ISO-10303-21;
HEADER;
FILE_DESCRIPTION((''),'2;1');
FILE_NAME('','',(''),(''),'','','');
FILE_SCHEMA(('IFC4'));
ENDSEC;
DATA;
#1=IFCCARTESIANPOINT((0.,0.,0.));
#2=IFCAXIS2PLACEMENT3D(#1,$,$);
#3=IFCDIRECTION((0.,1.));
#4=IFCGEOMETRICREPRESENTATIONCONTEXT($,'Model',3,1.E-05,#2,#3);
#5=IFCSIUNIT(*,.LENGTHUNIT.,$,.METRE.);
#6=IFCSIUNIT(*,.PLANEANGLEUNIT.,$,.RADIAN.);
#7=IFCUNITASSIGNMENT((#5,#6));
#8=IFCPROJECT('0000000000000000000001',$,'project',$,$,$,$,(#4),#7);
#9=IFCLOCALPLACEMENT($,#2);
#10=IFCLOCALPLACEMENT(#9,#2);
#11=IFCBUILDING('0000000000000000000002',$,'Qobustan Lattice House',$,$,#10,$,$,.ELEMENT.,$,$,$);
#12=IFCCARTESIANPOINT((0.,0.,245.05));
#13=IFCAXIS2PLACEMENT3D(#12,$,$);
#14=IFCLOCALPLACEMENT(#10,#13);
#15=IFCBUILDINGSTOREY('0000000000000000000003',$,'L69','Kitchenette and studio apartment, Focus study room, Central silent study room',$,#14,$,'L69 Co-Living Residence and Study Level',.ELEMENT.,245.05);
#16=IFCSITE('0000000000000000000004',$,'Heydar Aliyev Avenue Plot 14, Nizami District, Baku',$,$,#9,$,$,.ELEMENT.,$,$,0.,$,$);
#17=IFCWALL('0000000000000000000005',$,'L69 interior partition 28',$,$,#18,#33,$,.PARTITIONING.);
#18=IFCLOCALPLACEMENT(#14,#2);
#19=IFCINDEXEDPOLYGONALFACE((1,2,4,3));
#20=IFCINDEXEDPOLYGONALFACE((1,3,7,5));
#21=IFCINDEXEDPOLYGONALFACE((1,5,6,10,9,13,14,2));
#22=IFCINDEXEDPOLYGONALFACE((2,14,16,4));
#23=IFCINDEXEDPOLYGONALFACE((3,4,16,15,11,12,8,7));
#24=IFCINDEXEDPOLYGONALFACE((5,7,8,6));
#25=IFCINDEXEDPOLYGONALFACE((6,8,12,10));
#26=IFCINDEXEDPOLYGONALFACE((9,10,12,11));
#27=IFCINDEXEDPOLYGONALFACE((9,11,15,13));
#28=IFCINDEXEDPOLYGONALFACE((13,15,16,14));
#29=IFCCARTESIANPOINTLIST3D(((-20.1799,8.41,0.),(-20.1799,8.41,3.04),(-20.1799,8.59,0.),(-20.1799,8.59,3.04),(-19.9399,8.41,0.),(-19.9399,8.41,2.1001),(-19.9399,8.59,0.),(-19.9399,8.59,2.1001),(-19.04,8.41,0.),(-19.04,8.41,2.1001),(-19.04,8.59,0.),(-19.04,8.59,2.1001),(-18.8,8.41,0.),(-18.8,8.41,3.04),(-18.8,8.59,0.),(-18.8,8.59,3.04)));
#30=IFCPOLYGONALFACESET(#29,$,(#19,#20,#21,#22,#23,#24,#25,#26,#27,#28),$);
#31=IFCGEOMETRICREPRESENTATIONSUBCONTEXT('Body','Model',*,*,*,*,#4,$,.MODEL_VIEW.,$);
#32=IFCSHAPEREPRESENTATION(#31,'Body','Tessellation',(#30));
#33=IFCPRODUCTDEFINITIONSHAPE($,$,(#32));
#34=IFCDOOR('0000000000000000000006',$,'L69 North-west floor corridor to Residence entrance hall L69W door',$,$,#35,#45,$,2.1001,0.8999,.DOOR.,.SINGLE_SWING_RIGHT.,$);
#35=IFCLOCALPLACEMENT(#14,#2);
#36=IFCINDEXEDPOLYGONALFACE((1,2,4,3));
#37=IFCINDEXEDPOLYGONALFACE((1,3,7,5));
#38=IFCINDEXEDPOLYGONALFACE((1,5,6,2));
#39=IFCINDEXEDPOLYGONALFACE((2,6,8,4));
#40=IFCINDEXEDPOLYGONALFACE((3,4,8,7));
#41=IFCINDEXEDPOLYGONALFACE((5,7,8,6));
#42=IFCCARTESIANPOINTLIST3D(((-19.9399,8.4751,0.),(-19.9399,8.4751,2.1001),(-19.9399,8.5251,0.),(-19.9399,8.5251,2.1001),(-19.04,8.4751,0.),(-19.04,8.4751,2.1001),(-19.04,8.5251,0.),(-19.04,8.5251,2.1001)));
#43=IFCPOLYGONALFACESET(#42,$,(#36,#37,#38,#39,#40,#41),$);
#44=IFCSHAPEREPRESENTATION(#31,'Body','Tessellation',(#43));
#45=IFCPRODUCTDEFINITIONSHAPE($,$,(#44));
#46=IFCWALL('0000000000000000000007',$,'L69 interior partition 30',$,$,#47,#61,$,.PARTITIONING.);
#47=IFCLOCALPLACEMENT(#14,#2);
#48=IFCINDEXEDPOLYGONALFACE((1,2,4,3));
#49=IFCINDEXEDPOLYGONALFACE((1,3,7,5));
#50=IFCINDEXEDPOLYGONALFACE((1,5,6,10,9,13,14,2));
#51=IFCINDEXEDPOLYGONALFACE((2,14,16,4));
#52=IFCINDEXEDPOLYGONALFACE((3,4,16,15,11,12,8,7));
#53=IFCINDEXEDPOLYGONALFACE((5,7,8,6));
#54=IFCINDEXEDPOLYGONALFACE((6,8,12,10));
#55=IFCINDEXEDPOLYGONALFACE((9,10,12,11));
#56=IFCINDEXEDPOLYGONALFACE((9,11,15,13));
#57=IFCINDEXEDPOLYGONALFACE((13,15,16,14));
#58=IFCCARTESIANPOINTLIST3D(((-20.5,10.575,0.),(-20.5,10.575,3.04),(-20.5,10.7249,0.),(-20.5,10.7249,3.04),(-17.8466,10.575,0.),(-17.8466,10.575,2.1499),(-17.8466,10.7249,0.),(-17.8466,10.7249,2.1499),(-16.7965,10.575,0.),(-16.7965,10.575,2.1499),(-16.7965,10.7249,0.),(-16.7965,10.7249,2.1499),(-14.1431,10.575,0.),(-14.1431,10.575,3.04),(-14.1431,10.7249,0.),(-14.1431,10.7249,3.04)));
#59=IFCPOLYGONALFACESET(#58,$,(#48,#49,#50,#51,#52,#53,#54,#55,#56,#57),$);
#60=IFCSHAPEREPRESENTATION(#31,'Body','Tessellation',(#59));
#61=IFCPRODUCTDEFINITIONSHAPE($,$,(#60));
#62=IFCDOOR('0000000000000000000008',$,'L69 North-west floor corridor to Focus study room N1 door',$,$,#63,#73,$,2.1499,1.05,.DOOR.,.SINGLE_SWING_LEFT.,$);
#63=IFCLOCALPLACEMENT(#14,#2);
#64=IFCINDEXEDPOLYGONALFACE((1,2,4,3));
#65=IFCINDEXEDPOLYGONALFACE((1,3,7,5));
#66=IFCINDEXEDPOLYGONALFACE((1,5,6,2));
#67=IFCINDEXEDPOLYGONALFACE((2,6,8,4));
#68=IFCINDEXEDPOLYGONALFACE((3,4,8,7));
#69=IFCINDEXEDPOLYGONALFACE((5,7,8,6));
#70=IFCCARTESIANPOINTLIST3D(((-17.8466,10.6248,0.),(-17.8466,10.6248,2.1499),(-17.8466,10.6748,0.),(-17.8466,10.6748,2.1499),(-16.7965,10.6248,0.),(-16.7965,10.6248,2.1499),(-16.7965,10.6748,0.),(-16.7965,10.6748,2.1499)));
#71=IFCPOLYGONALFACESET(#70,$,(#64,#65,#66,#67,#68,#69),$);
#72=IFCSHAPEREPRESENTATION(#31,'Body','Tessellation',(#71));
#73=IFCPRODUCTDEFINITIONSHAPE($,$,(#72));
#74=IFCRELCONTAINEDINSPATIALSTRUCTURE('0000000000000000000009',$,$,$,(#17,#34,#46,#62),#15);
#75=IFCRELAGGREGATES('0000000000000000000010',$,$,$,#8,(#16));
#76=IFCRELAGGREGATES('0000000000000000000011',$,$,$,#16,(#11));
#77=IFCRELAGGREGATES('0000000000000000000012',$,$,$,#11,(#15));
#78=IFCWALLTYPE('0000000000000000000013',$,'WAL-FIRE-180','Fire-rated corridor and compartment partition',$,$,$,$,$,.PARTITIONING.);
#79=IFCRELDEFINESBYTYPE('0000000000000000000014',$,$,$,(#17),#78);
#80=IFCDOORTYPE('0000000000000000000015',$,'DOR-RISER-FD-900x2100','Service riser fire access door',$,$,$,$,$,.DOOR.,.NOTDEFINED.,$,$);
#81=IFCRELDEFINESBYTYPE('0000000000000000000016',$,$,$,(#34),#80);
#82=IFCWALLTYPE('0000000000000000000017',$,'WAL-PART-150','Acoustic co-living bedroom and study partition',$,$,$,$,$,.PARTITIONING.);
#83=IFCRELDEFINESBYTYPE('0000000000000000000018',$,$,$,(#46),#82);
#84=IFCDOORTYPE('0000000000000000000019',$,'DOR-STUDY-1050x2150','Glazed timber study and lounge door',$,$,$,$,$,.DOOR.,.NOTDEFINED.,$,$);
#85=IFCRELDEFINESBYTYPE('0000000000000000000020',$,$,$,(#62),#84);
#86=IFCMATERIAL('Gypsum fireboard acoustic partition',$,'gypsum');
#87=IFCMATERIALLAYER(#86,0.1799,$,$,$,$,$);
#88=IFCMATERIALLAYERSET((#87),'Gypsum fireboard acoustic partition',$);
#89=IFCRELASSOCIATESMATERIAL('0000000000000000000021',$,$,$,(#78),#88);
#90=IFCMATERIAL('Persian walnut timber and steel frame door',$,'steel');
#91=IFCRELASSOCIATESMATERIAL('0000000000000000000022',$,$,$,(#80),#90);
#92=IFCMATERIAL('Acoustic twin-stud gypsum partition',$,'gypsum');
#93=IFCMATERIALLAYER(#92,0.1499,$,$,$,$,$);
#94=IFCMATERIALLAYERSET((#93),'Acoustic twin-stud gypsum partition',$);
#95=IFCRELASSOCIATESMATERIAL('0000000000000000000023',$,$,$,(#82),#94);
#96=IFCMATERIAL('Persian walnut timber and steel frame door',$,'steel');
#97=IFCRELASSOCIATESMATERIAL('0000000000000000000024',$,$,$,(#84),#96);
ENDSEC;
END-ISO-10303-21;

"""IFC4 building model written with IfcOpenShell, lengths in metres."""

from ifc_helpers import new_model, si_unit, direction, frame, frame_2d, origin, place, context, subcontext, project, spatial, rectangle, extrude, material, layer, layer_set, type_object, element, fill, save


model = new_model("IFC4")

# Units and contexts
model_context = context("Model", 3, precision=1e-05, world=origin(), true_north=direction((0.0, 1.0)))
body_context = subcontext(model_context, "Body", "Model", "MODEL_VIEW")
ifc_project = project(units=[si_unit("LENGTHUNIT", "METRE"), si_unit("PLANEANGLEUNIT", "RADIAN")], contexts=[model_context])

# Site, building, storey
site_placement = place(None, origin())
site = spatial("IfcSite", under=ifc_project, at=site_placement, Name="Heydar Aliyev Avenue Plot 14, Nizami District, Baku", CompositionType="ELEMENT", RefElevation=0.0)
building_placement = place(site_placement, origin())
building = spatial("IfcBuilding", under=site, at=building_placement, Name="Qobustan Lattice House", CompositionType="ELEMENT")
storey_placement = place(building_placement, frame((0.0, 0.0, 245.05)))
storey = spatial("IfcBuildingStorey", under=building, at=storey_placement, Name="L69", Description="Kitchenette and studio apartment, Focus study room, Central silent study room", LongName="L69 Co-Living Residence and Study Level", CompositionType="ELEMENT", Elevation=245.05)

# Walls, openings, doors
ifc_material_1 = material(Name="Gypsum fireboard acoustic partition", Category="gypsum")
ifc_layer_1 = layer(ifc_material_1, 0.1799)
ifc_layer_set_1 = layer_set([ifc_layer_1], Name="Gypsum fireboard acoustic partition")
wall_type_1 = type_object("IfcWallType", Name="WAL-FIRE-180", Description="Fire-rated corridor and compartment partition", PredefinedType="PARTITIONING", material=ifc_layer_set_1)
wall_1_placement = place(storey_placement, frame((-18.8, 8.5, 0.0), z_axis=(0.0, 0.0, 1.0), x_axis=(-1.0, 0.0, 0.0)))
wall_1 = element("IfcWall", 1, at=wall_1_placement, inside=storey, type_object=wall_type_1, Name="L69 interior partition 28", PredefinedType="PARTITIONING", context=body_context, shape_type="SweptSolid", body=[
    extrude(rectangle(XDim=1.3799, YDim=0.1799, at=frame_2d((0.6899, 0.0))), origin(), (0.0, 0.0, 1.0), 3.04),
])
opening_1_placement = place(wall_1_placement, frame((0.24, 0.0, 0.0)))
opening_1 = element("IfcOpeningElement", 2, at=opening_1_placement, cuts=wall_1, PredefinedType="OPENING", context=body_context, shape_type="SweptSolid", body=[
    extrude(rectangle(XDim=0.8999, YDim=2.1001, at=frame_2d((0.45, 1.05))), frame((0.0, 0.0999, 0.0), z_axis=(0.0, -1.0, 0.0), x_axis=(1.0, 0.0, 0.0)), (0.0, 0.0, 1.0), 0.2),
])
ifc_material_2 = material(Name="Persian walnut timber and steel frame door", Category="steel")
door_type_1 = type_object("IfcDoorType", Name="DOR-RISER-FD-900x2100", Description="Service riser fire access door", OperationType="NOTDEFINED", PredefinedType="DOOR", material=ifc_material_2)
door_1_placement = place(opening_1_placement, origin())
door_1 = element("IfcDoor", 3, at=door_1_placement, inside=storey, type_object=door_type_1, Name="L69 North-west floor corridor to Residence entrance hall L69W door", OperationType="SINGLE_SWING_RIGHT", OverallHeight=2.1001, OverallWidth=0.8999, PredefinedType="DOOR", context=body_context, shape_type="SweptSolid", body=[
    extrude(rectangle(XDim=0.8999, YDim=2.1001, at=frame_2d((0.45, 1.05))), frame((0.0, 0.0249, 0.0), z_axis=(0.0, -1.0, 0.0), x_axis=(1.0, 0.0, 0.0)), (0.0, 0.0, 1.0), 0.05),
])
fill(opening_1, door_1)
ifc_material_3 = material(Name="Acoustic twin-stud gypsum partition", Category="gypsum")
ifc_layer_2 = layer(ifc_material_3, 0.1499)
ifc_layer_set_2 = layer_set([ifc_layer_2], Name="Acoustic twin-stud gypsum partition")
wall_type_2 = type_object("IfcWallType", Name="WAL-PART-150", Description="Acoustic co-living bedroom and study partition", PredefinedType="PARTITIONING", material=ifc_layer_set_2)
wall_2_placement = place(storey_placement, frame((-20.5, 10.6499, 0.0), z_axis=(0.0, 0.0, 1.0), x_axis=(1.0, 0.0, 0.0)))
wall_2 = element("IfcWall", 4, at=wall_2_placement, inside=storey, type_object=wall_type_2, Name="L69 interior partition 30", PredefinedType="PARTITIONING", context=body_context, shape_type="SweptSolid", body=[
    extrude(rectangle(XDim=6.3569, YDim=0.1499, at=frame_2d((3.1785, 0.0))), origin(), (0.0, 0.0, 1.0), 3.04),
])
opening_2_placement = place(wall_2_placement, frame((2.6536, 0.0, 0.0)))
opening_2 = element("IfcOpeningElement", 5, at=opening_2_placement, cuts=wall_2, PredefinedType="OPENING", context=body_context, shape_type="SweptSolid", body=[
    extrude(rectangle(XDim=1.05, YDim=2.1499, at=frame_2d((0.5249, 1.075))), frame((0.0, 0.085, 0.0), z_axis=(0.0, -1.0, 0.0), x_axis=(1.0, 0.0, 0.0)), (0.0, 0.0, 1.0), 0.1699),
])
ifc_material_4 = material(Name="Persian walnut timber and steel frame door", Category="steel")
door_type_2 = type_object("IfcDoorType", Name="DOR-STUDY-1050x2150", Description="Glazed timber study and lounge door", OperationType="NOTDEFINED", PredefinedType="DOOR", material=ifc_material_4)
door_2_placement = place(opening_2_placement, origin())
door_2 = element("IfcDoor", 6, at=door_2_placement, inside=storey, type_object=door_type_2, Name="L69 North-west floor corridor to Focus study room N1 door", OperationType="SINGLE_SWING_LEFT", OverallHeight=2.1499, OverallWidth=1.05, PredefinedType="DOOR", context=body_context, shape_type="SweptSolid", body=[
    extrude(rectangle(XDim=1.05, YDim=2.1499, at=frame_2d((0.5249, 1.075))), frame((0.0, 0.0249, 0.0), z_axis=(0.0, -1.0, 0.0), x_axis=(1.0, 0.0, 0.0)), (0.0, 0.0, 1.0), 0.05),
])
fill(opening_2, door_2)

save(model, "model.ifc")
